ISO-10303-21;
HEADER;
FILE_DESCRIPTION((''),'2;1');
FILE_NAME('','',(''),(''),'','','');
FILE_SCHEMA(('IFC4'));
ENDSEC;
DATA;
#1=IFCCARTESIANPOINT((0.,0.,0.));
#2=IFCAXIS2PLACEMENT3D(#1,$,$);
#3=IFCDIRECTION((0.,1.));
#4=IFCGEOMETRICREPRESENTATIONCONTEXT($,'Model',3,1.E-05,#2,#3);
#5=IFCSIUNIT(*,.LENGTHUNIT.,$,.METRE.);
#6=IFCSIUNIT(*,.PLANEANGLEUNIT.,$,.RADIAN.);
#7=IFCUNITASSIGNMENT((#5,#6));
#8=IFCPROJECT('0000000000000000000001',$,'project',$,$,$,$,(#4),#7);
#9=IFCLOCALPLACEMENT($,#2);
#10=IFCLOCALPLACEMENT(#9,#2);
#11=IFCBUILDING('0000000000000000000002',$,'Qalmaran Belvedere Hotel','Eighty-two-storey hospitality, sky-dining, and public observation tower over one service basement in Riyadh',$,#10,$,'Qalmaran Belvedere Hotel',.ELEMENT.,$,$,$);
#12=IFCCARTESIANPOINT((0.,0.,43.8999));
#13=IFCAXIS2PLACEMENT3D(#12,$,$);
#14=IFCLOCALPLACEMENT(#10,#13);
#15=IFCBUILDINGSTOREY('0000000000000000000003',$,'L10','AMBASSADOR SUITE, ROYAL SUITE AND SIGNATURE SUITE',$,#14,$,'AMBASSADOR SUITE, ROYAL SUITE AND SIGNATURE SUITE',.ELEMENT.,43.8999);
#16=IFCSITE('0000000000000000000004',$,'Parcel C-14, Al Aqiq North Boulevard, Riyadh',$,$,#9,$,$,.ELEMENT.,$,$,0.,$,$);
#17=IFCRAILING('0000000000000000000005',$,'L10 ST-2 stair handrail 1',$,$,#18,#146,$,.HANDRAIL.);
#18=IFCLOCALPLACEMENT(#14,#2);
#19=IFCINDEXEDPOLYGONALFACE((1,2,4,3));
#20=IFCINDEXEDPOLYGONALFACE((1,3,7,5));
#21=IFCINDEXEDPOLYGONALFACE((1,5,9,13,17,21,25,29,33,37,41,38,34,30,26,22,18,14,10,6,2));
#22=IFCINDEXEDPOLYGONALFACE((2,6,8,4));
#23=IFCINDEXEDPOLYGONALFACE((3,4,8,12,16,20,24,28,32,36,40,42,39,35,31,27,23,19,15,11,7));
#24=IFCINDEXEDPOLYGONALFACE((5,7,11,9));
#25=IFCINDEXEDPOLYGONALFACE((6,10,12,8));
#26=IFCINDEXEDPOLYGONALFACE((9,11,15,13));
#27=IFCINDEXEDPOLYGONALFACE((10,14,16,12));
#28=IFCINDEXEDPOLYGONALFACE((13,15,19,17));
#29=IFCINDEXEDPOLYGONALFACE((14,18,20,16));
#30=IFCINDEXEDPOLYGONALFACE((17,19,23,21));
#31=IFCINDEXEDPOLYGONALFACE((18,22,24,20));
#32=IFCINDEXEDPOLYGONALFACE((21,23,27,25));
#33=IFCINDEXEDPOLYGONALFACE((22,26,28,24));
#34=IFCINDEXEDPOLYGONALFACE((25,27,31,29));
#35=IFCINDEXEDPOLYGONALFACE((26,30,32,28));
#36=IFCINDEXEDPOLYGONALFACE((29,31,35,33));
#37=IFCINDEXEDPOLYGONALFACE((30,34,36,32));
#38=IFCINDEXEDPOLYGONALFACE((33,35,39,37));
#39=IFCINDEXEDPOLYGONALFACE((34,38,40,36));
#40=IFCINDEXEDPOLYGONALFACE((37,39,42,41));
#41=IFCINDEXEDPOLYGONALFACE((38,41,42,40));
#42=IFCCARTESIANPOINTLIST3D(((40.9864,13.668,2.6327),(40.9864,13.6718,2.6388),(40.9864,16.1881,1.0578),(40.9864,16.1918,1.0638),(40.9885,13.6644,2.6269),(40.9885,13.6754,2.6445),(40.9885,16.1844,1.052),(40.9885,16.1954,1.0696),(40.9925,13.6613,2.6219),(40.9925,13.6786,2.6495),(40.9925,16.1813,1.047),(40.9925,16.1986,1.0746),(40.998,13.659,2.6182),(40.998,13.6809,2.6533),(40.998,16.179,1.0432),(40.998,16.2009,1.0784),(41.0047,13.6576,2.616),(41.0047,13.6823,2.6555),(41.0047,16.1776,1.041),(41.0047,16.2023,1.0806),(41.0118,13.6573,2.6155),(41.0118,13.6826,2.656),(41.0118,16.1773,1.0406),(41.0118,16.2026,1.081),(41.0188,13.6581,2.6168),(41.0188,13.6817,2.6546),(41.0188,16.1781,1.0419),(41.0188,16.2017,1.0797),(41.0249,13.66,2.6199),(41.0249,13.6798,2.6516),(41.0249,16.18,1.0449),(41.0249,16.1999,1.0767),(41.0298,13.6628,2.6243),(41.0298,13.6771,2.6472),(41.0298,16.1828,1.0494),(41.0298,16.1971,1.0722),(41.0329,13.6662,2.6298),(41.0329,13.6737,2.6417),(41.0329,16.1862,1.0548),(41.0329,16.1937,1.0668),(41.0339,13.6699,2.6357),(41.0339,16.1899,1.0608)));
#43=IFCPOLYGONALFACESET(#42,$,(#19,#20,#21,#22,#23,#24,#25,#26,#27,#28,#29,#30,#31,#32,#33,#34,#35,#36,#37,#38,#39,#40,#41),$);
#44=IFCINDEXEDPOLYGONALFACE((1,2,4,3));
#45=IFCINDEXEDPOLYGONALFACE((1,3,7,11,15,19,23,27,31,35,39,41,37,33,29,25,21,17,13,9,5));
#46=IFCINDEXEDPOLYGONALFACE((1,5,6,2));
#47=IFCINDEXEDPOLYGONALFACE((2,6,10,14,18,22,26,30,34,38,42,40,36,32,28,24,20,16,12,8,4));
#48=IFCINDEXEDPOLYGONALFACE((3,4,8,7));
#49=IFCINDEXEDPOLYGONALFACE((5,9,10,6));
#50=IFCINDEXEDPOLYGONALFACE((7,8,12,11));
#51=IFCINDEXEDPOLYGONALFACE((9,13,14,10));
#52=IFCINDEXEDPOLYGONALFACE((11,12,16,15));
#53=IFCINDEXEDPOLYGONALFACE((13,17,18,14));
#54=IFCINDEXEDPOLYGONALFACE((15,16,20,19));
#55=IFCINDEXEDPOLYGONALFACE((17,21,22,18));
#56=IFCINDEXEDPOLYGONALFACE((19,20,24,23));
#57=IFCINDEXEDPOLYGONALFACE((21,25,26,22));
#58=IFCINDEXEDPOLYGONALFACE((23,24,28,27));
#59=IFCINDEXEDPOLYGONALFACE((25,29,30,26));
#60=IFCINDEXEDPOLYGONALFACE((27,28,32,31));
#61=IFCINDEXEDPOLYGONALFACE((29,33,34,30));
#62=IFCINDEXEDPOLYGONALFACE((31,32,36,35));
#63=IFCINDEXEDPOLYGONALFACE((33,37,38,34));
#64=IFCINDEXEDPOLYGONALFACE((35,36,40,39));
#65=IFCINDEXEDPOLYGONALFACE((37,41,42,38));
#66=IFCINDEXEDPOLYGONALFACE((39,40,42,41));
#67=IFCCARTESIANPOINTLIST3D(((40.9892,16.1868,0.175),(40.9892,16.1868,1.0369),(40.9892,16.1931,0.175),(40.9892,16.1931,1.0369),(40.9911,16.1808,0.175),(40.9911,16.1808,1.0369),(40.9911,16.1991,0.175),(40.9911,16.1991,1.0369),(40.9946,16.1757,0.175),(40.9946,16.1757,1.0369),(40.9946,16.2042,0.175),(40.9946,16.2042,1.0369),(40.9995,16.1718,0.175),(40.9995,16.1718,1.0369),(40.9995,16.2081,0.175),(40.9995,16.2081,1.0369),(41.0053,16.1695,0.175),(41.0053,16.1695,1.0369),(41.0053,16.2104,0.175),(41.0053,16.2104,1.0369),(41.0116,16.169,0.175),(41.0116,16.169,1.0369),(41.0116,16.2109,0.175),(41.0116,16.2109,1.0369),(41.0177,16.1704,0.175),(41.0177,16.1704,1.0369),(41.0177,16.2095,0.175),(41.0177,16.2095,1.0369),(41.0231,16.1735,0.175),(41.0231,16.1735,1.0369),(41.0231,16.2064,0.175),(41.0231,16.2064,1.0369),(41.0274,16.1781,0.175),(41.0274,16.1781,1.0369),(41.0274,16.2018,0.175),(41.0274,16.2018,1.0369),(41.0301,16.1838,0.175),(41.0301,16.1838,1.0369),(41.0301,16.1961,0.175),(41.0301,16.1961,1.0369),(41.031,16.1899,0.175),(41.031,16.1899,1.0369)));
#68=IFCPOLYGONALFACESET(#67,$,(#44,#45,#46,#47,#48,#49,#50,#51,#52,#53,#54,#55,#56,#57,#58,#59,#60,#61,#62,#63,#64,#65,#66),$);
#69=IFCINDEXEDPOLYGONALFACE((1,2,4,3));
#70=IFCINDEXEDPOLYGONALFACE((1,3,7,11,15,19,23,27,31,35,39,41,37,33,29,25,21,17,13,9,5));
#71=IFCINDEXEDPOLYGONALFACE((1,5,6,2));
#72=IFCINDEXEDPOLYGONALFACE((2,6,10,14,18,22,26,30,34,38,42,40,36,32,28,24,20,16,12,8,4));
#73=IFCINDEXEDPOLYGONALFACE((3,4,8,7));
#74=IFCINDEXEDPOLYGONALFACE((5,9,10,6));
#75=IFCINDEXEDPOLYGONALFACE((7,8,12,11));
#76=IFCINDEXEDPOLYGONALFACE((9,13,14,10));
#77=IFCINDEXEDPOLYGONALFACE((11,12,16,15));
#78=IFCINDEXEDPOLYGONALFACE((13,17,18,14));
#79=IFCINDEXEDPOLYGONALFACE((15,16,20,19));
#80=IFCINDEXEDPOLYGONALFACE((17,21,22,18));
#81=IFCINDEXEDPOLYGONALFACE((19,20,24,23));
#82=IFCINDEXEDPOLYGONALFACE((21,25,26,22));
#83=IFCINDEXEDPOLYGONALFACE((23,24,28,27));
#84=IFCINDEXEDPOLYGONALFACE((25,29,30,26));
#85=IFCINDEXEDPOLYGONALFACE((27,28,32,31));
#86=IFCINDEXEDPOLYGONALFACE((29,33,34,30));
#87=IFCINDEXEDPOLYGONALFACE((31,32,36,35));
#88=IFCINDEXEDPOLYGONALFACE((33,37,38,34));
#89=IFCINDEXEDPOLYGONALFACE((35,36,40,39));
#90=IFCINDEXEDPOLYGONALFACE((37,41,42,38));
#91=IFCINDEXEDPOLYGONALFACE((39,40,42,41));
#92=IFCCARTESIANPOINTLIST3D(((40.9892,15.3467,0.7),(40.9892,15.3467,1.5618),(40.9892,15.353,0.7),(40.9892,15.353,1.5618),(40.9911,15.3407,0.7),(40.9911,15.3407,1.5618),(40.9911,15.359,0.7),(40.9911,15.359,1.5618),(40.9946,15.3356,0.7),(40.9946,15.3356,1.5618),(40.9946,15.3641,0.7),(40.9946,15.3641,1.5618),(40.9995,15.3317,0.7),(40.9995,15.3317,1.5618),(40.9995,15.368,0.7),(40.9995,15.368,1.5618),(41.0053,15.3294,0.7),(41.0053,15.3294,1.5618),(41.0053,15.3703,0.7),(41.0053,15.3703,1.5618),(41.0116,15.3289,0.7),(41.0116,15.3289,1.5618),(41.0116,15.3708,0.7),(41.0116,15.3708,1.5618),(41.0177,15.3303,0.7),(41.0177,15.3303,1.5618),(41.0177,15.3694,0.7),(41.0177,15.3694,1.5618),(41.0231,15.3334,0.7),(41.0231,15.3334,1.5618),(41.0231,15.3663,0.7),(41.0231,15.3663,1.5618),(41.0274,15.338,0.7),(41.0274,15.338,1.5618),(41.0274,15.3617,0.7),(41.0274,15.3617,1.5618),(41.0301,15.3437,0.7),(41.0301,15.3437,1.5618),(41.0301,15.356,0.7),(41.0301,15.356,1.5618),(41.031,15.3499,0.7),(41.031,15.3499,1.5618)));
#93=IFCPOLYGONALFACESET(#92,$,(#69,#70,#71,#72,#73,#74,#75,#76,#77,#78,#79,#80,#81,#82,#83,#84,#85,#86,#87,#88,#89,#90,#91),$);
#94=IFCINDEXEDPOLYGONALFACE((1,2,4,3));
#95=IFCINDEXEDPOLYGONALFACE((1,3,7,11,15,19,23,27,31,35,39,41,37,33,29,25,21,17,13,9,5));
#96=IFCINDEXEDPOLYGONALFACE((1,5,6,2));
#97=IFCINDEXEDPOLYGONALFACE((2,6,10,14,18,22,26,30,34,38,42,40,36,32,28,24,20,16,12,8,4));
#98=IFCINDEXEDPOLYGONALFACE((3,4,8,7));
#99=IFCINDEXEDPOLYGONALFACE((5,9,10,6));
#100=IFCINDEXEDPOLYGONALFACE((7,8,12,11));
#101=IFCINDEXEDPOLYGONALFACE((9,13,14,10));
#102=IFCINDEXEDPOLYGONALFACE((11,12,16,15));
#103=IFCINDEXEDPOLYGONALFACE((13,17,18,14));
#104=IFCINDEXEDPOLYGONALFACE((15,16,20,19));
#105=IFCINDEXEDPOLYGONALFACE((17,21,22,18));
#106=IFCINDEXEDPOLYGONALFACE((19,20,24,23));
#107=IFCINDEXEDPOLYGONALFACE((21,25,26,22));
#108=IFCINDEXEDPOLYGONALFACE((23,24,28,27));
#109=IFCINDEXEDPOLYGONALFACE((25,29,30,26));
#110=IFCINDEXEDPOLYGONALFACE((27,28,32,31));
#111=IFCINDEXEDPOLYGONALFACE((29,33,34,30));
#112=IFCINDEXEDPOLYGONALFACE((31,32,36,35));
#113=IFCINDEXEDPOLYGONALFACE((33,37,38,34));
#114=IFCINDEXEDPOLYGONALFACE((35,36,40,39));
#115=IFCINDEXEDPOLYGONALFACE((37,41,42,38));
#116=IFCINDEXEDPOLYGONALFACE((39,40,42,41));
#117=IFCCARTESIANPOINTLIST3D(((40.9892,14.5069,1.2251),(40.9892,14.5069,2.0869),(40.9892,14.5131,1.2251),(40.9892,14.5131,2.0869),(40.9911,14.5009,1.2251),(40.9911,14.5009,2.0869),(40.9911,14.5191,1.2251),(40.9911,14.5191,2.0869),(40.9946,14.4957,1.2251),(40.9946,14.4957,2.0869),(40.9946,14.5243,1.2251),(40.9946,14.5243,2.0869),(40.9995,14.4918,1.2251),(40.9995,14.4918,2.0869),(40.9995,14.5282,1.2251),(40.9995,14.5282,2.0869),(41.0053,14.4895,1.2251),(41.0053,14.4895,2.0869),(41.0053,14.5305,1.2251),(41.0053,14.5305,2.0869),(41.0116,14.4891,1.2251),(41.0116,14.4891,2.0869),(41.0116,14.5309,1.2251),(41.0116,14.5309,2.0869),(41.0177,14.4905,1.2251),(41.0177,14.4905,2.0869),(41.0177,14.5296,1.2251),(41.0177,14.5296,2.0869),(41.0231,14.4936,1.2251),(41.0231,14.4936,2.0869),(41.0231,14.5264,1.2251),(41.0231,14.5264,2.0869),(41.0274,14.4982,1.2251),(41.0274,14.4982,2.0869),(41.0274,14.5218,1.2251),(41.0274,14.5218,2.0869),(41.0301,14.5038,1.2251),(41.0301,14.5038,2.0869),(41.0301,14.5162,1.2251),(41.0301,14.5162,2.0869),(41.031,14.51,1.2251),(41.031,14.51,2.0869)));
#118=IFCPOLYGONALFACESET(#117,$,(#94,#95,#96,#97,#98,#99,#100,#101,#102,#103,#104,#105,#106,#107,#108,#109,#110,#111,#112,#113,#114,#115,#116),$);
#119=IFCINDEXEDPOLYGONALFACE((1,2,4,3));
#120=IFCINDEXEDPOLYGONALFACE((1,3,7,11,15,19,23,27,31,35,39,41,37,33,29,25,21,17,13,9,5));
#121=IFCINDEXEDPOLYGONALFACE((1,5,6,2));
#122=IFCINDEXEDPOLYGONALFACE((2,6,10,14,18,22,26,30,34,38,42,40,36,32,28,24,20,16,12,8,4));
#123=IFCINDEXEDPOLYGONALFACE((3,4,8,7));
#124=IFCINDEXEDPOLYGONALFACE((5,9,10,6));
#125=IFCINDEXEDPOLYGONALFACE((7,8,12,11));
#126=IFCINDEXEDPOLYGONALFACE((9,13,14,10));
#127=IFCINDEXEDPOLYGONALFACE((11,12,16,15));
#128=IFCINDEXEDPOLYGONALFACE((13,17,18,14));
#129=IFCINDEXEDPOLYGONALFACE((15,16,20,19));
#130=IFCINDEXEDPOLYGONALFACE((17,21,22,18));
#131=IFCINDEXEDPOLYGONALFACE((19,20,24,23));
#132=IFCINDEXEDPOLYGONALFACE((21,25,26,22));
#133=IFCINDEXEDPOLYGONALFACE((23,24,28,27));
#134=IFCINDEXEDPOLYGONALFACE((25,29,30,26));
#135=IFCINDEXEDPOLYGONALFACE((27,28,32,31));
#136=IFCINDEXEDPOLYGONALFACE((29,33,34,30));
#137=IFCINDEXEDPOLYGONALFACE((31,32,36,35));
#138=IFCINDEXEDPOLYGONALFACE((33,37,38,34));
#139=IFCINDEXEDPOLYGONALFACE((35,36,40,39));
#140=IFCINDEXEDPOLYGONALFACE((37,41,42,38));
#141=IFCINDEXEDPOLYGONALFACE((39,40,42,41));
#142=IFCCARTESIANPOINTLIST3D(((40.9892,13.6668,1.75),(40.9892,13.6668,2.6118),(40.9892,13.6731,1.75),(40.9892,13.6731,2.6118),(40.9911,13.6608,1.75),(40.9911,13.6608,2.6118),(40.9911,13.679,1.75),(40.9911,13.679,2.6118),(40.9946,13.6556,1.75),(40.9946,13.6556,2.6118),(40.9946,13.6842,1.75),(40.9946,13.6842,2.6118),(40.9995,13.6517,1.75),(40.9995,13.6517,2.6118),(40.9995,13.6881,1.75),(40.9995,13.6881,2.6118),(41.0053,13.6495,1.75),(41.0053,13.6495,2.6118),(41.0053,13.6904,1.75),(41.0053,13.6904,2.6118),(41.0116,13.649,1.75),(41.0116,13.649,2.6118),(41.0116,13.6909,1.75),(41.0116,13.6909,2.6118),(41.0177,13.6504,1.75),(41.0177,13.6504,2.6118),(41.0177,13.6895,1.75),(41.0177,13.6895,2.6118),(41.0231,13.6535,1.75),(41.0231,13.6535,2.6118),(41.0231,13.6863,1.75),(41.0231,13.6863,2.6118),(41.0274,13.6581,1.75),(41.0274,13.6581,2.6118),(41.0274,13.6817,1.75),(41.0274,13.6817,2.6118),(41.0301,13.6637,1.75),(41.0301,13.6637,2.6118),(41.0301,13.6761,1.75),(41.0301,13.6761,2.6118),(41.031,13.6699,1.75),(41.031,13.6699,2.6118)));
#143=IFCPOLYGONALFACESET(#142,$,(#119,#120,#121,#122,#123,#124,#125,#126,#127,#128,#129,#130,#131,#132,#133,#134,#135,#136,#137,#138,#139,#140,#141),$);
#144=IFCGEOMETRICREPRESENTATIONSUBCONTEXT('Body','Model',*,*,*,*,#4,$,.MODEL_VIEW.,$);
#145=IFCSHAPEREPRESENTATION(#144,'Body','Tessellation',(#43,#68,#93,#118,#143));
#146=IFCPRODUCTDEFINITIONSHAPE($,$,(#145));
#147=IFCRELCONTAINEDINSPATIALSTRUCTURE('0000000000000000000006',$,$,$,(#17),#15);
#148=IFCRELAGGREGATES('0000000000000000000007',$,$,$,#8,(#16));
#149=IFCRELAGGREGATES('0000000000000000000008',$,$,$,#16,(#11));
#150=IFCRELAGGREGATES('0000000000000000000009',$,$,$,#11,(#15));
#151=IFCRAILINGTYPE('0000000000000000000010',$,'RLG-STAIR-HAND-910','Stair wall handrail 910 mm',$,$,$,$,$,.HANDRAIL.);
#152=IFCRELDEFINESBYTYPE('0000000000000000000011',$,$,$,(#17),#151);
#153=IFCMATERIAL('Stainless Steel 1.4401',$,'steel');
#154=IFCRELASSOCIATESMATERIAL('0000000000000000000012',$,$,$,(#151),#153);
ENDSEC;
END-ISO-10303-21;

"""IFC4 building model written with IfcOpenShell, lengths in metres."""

from ifc_helpers import new_model, si_unit, direction, frame, origin, origin_2d, place, context, subcontext, project, spatial, circle, extrude, material, type_object, element, save


model = new_model("IFC4")

# Units and contexts
model_context = context("Model", 3, precision=1e-05, world=origin(), true_north=direction((0.0, 1.0)))
body_context = subcontext(model_context, "Body", "Model", "MODEL_VIEW")
ifc_project = project(units=[si_unit("LENGTHUNIT", "METRE"), si_unit("PLANEANGLEUNIT", "RADIAN")], contexts=[model_context])

# Site, building, storey
site_placement = place(None, origin())
site = spatial("IfcSite", under=ifc_project, at=site_placement, Name="Parcel C-14, Al Aqiq North Boulevard, Riyadh", CompositionType="ELEMENT", RefElevation=0.0)
building_placement = place(site_placement, origin())
building = spatial("IfcBuilding", under=site, at=building_placement, Name="Qalmaran Belvedere Hotel", Description="Eighty-two-storey hospitality, sky-dining, and public observation tower over one service basement in Riyadh", LongName="Qalmaran Belvedere Hotel", CompositionType="ELEMENT")
storey_placement = place(building_placement, frame((0.0, 0.0, 43.8999)))
storey = spatial("IfcBuildingStorey", under=building, at=storey_placement, Name="L10", Description="AMBASSADOR SUITE, ROYAL SUITE AND SIGNATURE SUITE", LongName="AMBASSADOR SUITE, ROYAL SUITE AND SIGNATURE SUITE", CompositionType="ELEMENT", Elevation=43.8999)

# Shared definitions
ifc_material_1 = material(Name="Stainless Steel 1.4401", Category="steel")

# Railing
railing_type_1 = type_object("IfcRailingType", Name="RLG-STAIR-HAND-910", Description="Stair wall handrail 910 mm", PredefinedType="HANDRAIL", material=ifc_material_1)
railing_1_placement = place(storey_placement, frame((41.01, 16.1899, 0.175)))
element("IfcRailing", 1, at=railing_1_placement, inside=storey, type_object=railing_type_1, Name="L10 ST-2 stair handrail 1", PredefinedType="HANDRAIL", context=body_context, shape_type="SweptSolid", body=[
    extrude(circle(Radius=0.0239, at=origin_2d()), frame((0.0, 0.0, 0.8857), z_axis=(0.0, -0.848008, 0.529984), x_axis=(1.0, 0.0, 0.0)), (0.0, 0.0, 1.0), 2.9717),
    extrude(circle(Radius=0.021, at=origin_2d()), origin(), (0.0, 0.0, 1.0), 0.8618),
    extrude(circle(Radius=0.021, at=origin_2d()), frame((0.0, -0.8401, 0.5249)), (0.0, 0.0, 1.0), 0.8618),
    extrude(circle(Radius=0.021, at=origin_2d()), frame((0.0, -1.6799, 1.05)), (0.0, 0.0, 1.0), 0.8618),
    extrude(circle(Radius=0.021, at=origin_2d()), frame((0.0, -2.52, 1.575)), (0.0, 0.0, 1.0), 0.8618),
])

save(model, "model.ifc")
